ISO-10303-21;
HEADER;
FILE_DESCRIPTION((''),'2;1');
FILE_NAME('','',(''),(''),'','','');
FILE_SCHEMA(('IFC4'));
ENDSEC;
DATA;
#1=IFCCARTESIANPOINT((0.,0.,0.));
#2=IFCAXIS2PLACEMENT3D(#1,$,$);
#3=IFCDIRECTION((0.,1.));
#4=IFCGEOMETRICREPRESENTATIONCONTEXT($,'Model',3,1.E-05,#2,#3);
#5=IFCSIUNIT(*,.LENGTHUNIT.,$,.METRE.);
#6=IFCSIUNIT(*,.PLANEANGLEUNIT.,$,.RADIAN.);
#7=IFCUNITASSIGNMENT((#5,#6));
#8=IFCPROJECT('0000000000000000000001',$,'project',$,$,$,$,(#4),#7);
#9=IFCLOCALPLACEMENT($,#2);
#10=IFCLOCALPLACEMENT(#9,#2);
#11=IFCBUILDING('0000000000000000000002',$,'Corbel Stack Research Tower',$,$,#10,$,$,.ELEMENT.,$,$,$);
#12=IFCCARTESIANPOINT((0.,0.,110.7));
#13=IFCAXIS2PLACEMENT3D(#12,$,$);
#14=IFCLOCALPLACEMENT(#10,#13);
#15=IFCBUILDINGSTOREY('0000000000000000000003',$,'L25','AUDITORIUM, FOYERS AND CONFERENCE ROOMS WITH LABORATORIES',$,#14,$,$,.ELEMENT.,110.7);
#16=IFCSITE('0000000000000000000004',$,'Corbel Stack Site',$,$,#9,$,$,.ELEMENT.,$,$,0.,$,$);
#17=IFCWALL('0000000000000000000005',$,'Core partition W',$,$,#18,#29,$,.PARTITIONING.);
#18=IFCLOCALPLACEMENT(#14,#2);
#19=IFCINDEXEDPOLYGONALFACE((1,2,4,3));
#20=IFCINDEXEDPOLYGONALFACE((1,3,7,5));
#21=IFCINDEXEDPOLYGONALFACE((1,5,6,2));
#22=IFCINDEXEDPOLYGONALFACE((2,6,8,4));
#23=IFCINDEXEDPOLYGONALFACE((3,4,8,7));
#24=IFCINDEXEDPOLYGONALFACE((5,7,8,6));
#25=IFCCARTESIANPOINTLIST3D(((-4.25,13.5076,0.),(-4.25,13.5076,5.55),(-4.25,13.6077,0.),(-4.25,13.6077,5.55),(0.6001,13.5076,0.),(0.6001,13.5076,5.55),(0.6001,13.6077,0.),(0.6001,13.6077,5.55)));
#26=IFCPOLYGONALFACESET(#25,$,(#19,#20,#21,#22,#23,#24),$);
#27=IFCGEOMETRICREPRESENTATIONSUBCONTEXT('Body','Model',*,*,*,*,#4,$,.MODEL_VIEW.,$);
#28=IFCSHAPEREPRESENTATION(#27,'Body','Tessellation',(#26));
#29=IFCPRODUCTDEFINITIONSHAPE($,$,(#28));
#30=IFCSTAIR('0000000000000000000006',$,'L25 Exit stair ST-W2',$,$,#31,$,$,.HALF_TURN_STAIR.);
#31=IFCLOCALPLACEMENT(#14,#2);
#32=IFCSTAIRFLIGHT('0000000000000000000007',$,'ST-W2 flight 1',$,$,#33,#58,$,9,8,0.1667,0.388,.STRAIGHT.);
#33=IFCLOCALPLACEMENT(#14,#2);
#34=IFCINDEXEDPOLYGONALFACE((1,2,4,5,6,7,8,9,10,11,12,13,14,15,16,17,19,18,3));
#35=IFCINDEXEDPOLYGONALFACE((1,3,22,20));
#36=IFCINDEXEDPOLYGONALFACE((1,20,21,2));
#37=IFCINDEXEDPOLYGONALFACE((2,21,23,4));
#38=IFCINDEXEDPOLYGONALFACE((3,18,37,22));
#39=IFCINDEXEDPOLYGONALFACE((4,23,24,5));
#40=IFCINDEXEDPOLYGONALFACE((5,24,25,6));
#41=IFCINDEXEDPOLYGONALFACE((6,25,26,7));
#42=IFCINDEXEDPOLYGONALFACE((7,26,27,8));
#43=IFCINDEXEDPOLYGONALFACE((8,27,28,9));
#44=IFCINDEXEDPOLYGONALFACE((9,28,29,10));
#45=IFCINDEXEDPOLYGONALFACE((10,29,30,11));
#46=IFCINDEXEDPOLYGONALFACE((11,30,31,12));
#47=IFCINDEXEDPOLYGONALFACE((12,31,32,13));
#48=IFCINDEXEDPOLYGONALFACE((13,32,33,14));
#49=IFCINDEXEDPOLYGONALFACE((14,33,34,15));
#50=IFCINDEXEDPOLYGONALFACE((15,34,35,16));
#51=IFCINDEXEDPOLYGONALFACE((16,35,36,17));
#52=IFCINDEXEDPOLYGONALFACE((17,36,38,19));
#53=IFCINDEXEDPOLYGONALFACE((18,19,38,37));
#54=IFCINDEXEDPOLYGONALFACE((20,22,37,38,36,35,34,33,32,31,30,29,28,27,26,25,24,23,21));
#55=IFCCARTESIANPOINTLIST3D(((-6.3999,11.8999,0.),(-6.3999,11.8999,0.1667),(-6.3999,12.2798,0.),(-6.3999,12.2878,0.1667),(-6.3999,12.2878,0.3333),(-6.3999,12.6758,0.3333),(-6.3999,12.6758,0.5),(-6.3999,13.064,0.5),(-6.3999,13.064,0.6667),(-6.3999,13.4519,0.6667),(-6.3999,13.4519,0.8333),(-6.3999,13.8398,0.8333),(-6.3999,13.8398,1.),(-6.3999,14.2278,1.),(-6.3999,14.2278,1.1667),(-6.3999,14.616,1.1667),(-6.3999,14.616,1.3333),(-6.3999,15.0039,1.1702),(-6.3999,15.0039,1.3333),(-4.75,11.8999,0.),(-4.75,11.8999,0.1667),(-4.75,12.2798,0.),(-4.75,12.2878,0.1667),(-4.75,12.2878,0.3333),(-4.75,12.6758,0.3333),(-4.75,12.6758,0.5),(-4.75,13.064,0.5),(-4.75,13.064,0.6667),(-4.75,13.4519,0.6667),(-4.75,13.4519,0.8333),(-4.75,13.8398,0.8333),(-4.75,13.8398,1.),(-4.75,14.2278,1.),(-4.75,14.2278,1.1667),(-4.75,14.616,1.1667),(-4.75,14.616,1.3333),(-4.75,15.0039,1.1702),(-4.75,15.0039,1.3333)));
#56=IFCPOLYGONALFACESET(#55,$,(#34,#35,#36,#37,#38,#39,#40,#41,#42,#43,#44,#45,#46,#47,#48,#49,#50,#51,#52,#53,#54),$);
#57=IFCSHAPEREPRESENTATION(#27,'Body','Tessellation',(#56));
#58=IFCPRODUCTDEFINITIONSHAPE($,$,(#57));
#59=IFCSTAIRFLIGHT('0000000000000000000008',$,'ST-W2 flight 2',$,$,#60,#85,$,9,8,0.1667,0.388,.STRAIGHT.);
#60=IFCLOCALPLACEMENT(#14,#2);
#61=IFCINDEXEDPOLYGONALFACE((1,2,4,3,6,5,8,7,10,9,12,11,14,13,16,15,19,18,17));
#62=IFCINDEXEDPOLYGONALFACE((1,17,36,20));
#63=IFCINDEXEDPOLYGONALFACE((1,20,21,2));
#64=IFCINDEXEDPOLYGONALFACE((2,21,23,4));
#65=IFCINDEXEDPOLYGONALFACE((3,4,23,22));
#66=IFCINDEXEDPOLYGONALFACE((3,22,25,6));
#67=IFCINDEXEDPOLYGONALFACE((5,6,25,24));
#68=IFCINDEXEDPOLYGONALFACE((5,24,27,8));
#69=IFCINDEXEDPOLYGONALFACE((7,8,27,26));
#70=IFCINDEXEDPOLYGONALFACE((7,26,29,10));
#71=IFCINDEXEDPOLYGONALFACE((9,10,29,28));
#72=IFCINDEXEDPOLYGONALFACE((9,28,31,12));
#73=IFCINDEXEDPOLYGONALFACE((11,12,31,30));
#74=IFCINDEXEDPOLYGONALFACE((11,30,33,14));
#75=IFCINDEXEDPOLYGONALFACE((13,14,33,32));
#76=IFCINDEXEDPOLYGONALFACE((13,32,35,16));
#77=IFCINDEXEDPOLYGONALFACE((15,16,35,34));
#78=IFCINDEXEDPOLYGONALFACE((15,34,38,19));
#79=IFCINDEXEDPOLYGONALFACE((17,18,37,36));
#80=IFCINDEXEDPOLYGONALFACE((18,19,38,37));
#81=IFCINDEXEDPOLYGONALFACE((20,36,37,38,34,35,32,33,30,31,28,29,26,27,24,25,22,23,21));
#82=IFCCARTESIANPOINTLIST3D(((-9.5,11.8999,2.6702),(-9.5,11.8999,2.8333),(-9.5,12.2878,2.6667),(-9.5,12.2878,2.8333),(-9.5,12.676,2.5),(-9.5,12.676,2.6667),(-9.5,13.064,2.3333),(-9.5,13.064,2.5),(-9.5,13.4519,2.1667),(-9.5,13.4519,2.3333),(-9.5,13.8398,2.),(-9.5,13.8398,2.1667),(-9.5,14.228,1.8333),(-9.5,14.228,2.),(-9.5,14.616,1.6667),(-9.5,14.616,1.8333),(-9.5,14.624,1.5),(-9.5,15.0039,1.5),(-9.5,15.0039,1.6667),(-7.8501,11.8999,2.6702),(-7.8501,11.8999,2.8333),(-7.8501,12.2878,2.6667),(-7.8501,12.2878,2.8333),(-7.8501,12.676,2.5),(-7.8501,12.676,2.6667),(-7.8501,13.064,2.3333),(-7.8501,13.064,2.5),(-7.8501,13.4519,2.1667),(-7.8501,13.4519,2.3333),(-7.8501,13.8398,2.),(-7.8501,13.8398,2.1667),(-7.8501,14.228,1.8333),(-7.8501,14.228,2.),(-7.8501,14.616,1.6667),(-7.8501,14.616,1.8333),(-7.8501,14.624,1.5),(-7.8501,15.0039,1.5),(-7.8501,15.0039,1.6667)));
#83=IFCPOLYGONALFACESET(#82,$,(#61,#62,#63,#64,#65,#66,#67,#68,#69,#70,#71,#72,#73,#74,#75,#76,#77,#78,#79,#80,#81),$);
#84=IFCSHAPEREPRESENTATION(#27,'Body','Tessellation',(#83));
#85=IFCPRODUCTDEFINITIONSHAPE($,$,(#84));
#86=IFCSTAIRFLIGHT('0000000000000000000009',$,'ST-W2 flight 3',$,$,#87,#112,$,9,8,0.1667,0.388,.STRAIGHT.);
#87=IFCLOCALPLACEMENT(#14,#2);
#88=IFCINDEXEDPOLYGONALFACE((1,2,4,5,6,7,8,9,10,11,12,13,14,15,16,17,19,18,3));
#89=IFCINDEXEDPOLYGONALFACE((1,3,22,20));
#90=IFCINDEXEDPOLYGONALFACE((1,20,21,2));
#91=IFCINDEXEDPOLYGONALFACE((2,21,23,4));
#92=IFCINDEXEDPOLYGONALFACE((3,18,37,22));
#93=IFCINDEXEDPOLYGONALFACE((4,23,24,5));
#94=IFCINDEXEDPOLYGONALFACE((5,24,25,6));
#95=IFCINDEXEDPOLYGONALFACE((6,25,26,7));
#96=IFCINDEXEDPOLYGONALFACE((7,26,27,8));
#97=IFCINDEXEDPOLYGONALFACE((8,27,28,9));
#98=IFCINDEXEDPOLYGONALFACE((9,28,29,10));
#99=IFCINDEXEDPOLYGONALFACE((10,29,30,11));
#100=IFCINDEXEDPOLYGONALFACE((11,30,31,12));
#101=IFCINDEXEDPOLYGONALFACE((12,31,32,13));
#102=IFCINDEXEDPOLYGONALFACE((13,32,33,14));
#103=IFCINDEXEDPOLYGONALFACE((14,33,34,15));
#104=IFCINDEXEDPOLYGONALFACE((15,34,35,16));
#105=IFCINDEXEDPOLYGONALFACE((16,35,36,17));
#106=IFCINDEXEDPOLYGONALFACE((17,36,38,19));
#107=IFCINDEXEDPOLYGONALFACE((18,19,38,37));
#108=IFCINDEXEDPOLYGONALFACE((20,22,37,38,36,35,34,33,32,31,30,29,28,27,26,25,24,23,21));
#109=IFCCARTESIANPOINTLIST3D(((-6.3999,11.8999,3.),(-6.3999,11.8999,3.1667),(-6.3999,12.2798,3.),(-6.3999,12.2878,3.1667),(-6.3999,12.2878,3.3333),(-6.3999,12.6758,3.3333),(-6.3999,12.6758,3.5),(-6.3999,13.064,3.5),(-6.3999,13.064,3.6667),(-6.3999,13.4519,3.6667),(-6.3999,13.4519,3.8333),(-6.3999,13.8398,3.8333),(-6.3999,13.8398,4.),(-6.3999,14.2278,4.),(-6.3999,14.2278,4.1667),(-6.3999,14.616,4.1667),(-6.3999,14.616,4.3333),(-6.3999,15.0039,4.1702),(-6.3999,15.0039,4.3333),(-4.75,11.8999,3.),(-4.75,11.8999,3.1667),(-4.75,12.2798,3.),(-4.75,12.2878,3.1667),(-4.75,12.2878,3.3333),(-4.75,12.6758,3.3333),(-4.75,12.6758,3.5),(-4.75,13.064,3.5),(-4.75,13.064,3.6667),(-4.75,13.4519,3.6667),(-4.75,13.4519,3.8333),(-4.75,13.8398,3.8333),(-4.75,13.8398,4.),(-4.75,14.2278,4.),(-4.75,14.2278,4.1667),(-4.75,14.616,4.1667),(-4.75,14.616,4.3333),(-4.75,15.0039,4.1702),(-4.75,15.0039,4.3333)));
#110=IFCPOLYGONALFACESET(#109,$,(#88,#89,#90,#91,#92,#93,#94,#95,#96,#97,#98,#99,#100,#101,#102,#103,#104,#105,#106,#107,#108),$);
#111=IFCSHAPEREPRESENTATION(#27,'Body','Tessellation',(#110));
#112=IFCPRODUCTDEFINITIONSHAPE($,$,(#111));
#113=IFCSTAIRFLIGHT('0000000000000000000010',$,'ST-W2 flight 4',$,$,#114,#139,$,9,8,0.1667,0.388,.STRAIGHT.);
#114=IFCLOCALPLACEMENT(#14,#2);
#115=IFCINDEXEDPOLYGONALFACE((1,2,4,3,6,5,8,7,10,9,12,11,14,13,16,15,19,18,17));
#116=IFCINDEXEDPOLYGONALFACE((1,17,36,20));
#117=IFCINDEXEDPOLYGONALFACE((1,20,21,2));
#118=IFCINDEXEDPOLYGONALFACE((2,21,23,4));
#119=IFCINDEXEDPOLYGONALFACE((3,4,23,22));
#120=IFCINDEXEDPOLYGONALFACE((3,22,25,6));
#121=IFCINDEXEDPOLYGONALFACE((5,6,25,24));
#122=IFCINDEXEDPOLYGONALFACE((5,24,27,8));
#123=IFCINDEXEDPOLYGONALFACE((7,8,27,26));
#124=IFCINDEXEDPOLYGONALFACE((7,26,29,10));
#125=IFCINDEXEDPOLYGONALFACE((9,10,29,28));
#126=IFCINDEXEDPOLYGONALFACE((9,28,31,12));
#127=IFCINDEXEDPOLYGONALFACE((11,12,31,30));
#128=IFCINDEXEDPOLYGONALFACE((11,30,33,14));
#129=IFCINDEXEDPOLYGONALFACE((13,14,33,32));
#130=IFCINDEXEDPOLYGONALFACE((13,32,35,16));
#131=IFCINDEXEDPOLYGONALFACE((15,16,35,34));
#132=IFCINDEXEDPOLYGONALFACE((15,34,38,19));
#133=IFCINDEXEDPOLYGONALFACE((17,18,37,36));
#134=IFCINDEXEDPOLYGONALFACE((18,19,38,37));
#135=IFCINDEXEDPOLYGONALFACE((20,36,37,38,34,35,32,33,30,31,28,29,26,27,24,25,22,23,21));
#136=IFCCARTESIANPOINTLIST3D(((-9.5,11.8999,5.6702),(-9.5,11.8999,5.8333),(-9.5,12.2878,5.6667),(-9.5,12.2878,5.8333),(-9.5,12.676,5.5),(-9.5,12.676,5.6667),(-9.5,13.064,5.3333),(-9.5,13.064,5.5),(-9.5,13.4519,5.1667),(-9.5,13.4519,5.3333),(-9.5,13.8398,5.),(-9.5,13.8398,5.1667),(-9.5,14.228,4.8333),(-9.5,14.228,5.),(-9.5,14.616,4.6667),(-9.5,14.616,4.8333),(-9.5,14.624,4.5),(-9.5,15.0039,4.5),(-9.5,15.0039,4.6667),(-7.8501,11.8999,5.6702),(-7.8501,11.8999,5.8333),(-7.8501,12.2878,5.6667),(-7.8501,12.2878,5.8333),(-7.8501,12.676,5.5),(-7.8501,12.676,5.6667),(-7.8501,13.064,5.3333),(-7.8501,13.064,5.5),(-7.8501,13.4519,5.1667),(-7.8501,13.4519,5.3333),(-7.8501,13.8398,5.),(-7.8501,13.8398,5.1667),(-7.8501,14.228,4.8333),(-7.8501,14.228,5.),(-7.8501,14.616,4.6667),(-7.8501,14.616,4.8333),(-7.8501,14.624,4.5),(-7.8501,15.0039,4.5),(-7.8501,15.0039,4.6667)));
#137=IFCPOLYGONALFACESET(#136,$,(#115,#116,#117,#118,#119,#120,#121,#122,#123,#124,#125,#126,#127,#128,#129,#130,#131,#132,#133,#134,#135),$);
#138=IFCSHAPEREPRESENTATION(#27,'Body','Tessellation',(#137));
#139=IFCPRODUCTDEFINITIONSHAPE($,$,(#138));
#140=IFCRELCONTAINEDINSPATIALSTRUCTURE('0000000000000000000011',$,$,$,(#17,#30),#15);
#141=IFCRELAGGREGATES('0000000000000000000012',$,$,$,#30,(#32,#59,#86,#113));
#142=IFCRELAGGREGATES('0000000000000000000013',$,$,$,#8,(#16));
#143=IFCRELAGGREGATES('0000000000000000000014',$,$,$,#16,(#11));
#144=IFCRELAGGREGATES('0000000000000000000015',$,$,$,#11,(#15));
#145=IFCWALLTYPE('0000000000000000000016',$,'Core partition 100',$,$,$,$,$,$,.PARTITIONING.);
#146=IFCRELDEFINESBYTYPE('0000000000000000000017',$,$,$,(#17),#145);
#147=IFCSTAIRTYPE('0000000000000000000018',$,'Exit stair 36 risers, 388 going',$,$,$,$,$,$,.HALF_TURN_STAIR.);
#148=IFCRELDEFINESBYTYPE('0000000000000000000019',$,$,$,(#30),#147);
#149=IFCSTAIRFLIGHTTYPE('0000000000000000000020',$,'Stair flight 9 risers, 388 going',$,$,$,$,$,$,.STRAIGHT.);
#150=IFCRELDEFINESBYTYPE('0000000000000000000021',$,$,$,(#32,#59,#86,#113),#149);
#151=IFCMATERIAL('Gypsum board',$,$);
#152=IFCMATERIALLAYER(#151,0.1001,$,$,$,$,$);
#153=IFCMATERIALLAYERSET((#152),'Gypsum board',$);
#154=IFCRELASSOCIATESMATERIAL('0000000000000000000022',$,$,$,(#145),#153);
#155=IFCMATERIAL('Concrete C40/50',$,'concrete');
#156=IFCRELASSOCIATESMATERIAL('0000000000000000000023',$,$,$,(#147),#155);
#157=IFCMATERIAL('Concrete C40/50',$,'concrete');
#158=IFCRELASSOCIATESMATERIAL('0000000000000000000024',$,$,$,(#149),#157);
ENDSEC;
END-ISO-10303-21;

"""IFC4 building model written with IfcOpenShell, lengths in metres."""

from ifc_helpers import new_model, si_unit, direction, frame, frame_2d, origin, place, context, subcontext, project, spatial, polyline, rectangle, outline, extrude, material, layer, layer_set, type_object, element, aggregate, save


model = new_model("IFC4")

# Units and contexts
model_context = context("Model", 3, precision=1e-05, world=origin(), true_north=direction((0.0, 1.0)))
body_context = subcontext(model_context, "Body", "Model", "MODEL_VIEW")
ifc_project = project(units=[si_unit("LENGTHUNIT", "METRE"), si_unit("PLANEANGLEUNIT", "RADIAN")], contexts=[model_context])

# Site, building, storey
site_placement = place(None, origin())
site = spatial("IfcSite", under=ifc_project, at=site_placement, Name="Corbel Stack Site", CompositionType="ELEMENT", RefElevation=0.0)
building_placement = place(site_placement, origin())
building = spatial("IfcBuilding", under=site, at=building_placement, Name="Corbel Stack Research Tower", CompositionType="ELEMENT")
storey_placement = place(building_placement, frame((0.0, 0.0, 110.7)))
storey = spatial("IfcBuildingStorey", under=building, at=storey_placement, Name="L25", Description="AUDITORIUM, FOYERS AND CONFERENCE ROOMS WITH LABORATORIES", CompositionType="ELEMENT", Elevation=110.7)

# Wall
ifc_material_1 = material(Name="Gypsum board")
ifc_layer = layer(ifc_material_1, 0.1001)
ifc_layer_set = layer_set([ifc_layer], Name="Gypsum board")
wall_type = type_object("IfcWallType", Name="Core partition 100", PredefinedType="PARTITIONING", material=ifc_layer_set)
wall_placement = place(storey_placement, frame((-4.25, 13.5576, 0.0), z_axis=(0.0, 0.0, 1.0), x_axis=(1.0, 0.0, 0.0)))
element("IfcWall", 1, at=wall_placement, inside=storey, type_object=wall_type, Name="Core partition W", PredefinedType="PARTITIONING", context=body_context, shape_type="SweptSolid", body=[
    extrude(rectangle(XDim=4.8501, YDim=0.1001, at=frame_2d((2.425, 0.0))), origin(), (0.0, 0.0, 1.0), 5.55),
])

# Stair, stair flights
ifc_material_2 = material(Name="Concrete C40/50", Category="concrete")
stair_type = type_object("IfcStairType", Name="Exit stair 36 risers, 388 going", PredefinedType="HALF_TURN_STAIR", material=ifc_material_2)
stair_placement = place(storey_placement, origin())
stair = element("IfcStair", 2, at=stair_placement, inside=storey, type_object=stair_type, Name="L25 Exit stair ST-W2", PredefinedType="HALF_TURN_STAIR")
ifc_material_3 = material(Name="Concrete C40/50", Category="concrete")
stair_flight_type = type_object("IfcStairFlightType", Name="Stair flight 9 risers, 388 going", PredefinedType="STRAIGHT", material=ifc_material_3)
stair_flight_1_placement = place(storey_placement, frame((-5.575, 11.8999, 0.0), z_axis=(0.0, 0.0, 1.0), x_axis=(0.0, 1.0, 0.0)))
stair_flight_1 = element("IfcStairFlight", 3, at=stair_flight_1_placement, type_object=stair_flight_type, Name="ST-W2 flight 1", NumberOfRisers=9, NumberOfTreads=8, PredefinedType="STRAIGHT", RiserHeight=0.1667, TreadLength=0.388, context=body_context, shape_type="SweptSolid", body=[
    extrude(outline(polyline([(0.0, 0.0), (0.0, 0.1667), (0.3879, 0.1667), (0.3879, 0.3333), (0.7759, 0.3333), (0.7759, 0.5), (1.1641, 0.5), (1.1641, 0.6667), (1.552, 0.6667), (1.552, 0.8333), (1.9399, 0.8333), (1.9399, 1.0), (2.3279, 1.0), (2.3279, 1.1667), (2.7161, 1.1667), (2.7161, 1.3333), (3.104, 1.3333), (3.104, 1.5), (3.104, 1.1702), (0.3799, 0.0), (0.0, 0.0)])), frame((0.0, 0.825, 0.0), z_axis=(0.0, -1.0, 0.0), x_axis=(1.0, 0.0, 0.0)), (0.0, 0.0, 1.0), 1.6499),
])
stair_flight_2_placement = place(storey_placement, frame((-8.675, 15.0039, 1.5), z_axis=(0.0, 0.0, 1.0), x_axis=(0.0, -1.0, 0.0)))
stair_flight_2 = element("IfcStairFlight", 4, at=stair_flight_2_placement, type_object=stair_flight_type, Name="ST-W2 flight 2", NumberOfRisers=9, NumberOfTreads=8, PredefinedType="STRAIGHT", RiserHeight=0.1667, TreadLength=0.388, context=body_context, shape_type="SweptSolid", body=[
    extrude(outline(polyline([(0.0, 0.0), (0.0, 0.1667), (0.3879, 0.1667), (0.3879, 0.3333), (0.7759, 0.3333), (0.7759, 0.5), (1.1641, 0.5), (1.1641, 0.6667), (1.552, 0.6667), (1.552, 0.8333), (1.9399, 0.8333), (1.9399, 1.0), (2.3279, 1.0), (2.3279, 1.1667), (2.7161, 1.1667), (2.7161, 1.3333), (3.104, 1.3333), (3.104, 1.5), (3.104, 1.1702), (0.3799, 0.0), (0.0, 0.0)])), frame((0.0, 0.825, 0.0), z_axis=(0.0, -1.0, 0.0), x_axis=(1.0, 0.0, 0.0)), (0.0, 0.0, 1.0), 1.6499),
])
stair_flight_3_placement = place(storey_placement, frame((-5.575, 11.8999, 3.0), z_axis=(0.0, 0.0, 1.0), x_axis=(0.0, 1.0, 0.0)))
stair_flight_3 = element("IfcStairFlight", 5, at=stair_flight_3_placement, type_object=stair_flight_type, Name="ST-W2 flight 3", NumberOfRisers=9, NumberOfTreads=8, PredefinedType="STRAIGHT", RiserHeight=0.1667, TreadLength=0.388, context=body_context, shape_type="SweptSolid", body=[
    extrude(outline(polyline([(0.0, 0.0), (0.0, 0.1667), (0.3879, 0.1667), (0.3879, 0.3333), (0.7759, 0.3333), (0.7759, 0.5), (1.1641, 0.5), (1.1641, 0.6667), (1.552, 0.6667), (1.552, 0.8333), (1.9399, 0.8333), (1.9399, 1.0), (2.3279, 1.0), (2.3279, 1.1667), (2.7161, 1.1667), (2.7161, 1.3333), (3.104, 1.3333), (3.104, 1.5), (3.104, 1.1702), (0.3799, 0.0), (0.0, 0.0)])), frame((0.0, 0.825, 0.0), z_axis=(0.0, -1.0, 0.0), x_axis=(1.0, 0.0, 0.0)), (0.0, 0.0, 1.0), 1.6499),
])
stair_flight_4_placement = place(storey_placement, frame((-8.675, 15.0039, 4.5), z_axis=(0.0, 0.0, 1.0), x_axis=(0.0, -1.0, 0.0)))
stair_flight_4 = element("IfcStairFlight", 6, at=stair_flight_4_placement, type_object=stair_flight_type, Name="ST-W2 flight 4", NumberOfRisers=9, NumberOfTreads=8, PredefinedType="STRAIGHT", RiserHeight=0.1667, TreadLength=0.388, context=body_context, shape_type="SweptSolid", body=[
    extrude(outline(polyline([(0.0, 0.0), (0.0, 0.1667), (0.3879, 0.1667), (0.3879, 0.3333), (0.7759, 0.3333), (0.7759, 0.5), (1.1641, 0.5), (1.1641, 0.6667), (1.552, 0.6667), (1.552, 0.8333), (1.9399, 0.8333), (1.9399, 1.0), (2.3279, 1.0), (2.3279, 1.1667), (2.7161, 1.1667), (2.7161, 1.3333), (3.104, 1.3333), (3.104, 1.5), (3.104, 1.1702), (0.3799, 0.0), (0.0, 0.0)])), frame((0.0, 0.825, 0.0), z_axis=(0.0, -1.0, 0.0), x_axis=(1.0, 0.0, 0.0)), (0.0, 0.0, 1.0), 1.6499),
])
aggregate(stair, [stair_flight_1, stair_flight_2, stair_flight_3, stair_flight_4])

save(model, "model.ifc")
